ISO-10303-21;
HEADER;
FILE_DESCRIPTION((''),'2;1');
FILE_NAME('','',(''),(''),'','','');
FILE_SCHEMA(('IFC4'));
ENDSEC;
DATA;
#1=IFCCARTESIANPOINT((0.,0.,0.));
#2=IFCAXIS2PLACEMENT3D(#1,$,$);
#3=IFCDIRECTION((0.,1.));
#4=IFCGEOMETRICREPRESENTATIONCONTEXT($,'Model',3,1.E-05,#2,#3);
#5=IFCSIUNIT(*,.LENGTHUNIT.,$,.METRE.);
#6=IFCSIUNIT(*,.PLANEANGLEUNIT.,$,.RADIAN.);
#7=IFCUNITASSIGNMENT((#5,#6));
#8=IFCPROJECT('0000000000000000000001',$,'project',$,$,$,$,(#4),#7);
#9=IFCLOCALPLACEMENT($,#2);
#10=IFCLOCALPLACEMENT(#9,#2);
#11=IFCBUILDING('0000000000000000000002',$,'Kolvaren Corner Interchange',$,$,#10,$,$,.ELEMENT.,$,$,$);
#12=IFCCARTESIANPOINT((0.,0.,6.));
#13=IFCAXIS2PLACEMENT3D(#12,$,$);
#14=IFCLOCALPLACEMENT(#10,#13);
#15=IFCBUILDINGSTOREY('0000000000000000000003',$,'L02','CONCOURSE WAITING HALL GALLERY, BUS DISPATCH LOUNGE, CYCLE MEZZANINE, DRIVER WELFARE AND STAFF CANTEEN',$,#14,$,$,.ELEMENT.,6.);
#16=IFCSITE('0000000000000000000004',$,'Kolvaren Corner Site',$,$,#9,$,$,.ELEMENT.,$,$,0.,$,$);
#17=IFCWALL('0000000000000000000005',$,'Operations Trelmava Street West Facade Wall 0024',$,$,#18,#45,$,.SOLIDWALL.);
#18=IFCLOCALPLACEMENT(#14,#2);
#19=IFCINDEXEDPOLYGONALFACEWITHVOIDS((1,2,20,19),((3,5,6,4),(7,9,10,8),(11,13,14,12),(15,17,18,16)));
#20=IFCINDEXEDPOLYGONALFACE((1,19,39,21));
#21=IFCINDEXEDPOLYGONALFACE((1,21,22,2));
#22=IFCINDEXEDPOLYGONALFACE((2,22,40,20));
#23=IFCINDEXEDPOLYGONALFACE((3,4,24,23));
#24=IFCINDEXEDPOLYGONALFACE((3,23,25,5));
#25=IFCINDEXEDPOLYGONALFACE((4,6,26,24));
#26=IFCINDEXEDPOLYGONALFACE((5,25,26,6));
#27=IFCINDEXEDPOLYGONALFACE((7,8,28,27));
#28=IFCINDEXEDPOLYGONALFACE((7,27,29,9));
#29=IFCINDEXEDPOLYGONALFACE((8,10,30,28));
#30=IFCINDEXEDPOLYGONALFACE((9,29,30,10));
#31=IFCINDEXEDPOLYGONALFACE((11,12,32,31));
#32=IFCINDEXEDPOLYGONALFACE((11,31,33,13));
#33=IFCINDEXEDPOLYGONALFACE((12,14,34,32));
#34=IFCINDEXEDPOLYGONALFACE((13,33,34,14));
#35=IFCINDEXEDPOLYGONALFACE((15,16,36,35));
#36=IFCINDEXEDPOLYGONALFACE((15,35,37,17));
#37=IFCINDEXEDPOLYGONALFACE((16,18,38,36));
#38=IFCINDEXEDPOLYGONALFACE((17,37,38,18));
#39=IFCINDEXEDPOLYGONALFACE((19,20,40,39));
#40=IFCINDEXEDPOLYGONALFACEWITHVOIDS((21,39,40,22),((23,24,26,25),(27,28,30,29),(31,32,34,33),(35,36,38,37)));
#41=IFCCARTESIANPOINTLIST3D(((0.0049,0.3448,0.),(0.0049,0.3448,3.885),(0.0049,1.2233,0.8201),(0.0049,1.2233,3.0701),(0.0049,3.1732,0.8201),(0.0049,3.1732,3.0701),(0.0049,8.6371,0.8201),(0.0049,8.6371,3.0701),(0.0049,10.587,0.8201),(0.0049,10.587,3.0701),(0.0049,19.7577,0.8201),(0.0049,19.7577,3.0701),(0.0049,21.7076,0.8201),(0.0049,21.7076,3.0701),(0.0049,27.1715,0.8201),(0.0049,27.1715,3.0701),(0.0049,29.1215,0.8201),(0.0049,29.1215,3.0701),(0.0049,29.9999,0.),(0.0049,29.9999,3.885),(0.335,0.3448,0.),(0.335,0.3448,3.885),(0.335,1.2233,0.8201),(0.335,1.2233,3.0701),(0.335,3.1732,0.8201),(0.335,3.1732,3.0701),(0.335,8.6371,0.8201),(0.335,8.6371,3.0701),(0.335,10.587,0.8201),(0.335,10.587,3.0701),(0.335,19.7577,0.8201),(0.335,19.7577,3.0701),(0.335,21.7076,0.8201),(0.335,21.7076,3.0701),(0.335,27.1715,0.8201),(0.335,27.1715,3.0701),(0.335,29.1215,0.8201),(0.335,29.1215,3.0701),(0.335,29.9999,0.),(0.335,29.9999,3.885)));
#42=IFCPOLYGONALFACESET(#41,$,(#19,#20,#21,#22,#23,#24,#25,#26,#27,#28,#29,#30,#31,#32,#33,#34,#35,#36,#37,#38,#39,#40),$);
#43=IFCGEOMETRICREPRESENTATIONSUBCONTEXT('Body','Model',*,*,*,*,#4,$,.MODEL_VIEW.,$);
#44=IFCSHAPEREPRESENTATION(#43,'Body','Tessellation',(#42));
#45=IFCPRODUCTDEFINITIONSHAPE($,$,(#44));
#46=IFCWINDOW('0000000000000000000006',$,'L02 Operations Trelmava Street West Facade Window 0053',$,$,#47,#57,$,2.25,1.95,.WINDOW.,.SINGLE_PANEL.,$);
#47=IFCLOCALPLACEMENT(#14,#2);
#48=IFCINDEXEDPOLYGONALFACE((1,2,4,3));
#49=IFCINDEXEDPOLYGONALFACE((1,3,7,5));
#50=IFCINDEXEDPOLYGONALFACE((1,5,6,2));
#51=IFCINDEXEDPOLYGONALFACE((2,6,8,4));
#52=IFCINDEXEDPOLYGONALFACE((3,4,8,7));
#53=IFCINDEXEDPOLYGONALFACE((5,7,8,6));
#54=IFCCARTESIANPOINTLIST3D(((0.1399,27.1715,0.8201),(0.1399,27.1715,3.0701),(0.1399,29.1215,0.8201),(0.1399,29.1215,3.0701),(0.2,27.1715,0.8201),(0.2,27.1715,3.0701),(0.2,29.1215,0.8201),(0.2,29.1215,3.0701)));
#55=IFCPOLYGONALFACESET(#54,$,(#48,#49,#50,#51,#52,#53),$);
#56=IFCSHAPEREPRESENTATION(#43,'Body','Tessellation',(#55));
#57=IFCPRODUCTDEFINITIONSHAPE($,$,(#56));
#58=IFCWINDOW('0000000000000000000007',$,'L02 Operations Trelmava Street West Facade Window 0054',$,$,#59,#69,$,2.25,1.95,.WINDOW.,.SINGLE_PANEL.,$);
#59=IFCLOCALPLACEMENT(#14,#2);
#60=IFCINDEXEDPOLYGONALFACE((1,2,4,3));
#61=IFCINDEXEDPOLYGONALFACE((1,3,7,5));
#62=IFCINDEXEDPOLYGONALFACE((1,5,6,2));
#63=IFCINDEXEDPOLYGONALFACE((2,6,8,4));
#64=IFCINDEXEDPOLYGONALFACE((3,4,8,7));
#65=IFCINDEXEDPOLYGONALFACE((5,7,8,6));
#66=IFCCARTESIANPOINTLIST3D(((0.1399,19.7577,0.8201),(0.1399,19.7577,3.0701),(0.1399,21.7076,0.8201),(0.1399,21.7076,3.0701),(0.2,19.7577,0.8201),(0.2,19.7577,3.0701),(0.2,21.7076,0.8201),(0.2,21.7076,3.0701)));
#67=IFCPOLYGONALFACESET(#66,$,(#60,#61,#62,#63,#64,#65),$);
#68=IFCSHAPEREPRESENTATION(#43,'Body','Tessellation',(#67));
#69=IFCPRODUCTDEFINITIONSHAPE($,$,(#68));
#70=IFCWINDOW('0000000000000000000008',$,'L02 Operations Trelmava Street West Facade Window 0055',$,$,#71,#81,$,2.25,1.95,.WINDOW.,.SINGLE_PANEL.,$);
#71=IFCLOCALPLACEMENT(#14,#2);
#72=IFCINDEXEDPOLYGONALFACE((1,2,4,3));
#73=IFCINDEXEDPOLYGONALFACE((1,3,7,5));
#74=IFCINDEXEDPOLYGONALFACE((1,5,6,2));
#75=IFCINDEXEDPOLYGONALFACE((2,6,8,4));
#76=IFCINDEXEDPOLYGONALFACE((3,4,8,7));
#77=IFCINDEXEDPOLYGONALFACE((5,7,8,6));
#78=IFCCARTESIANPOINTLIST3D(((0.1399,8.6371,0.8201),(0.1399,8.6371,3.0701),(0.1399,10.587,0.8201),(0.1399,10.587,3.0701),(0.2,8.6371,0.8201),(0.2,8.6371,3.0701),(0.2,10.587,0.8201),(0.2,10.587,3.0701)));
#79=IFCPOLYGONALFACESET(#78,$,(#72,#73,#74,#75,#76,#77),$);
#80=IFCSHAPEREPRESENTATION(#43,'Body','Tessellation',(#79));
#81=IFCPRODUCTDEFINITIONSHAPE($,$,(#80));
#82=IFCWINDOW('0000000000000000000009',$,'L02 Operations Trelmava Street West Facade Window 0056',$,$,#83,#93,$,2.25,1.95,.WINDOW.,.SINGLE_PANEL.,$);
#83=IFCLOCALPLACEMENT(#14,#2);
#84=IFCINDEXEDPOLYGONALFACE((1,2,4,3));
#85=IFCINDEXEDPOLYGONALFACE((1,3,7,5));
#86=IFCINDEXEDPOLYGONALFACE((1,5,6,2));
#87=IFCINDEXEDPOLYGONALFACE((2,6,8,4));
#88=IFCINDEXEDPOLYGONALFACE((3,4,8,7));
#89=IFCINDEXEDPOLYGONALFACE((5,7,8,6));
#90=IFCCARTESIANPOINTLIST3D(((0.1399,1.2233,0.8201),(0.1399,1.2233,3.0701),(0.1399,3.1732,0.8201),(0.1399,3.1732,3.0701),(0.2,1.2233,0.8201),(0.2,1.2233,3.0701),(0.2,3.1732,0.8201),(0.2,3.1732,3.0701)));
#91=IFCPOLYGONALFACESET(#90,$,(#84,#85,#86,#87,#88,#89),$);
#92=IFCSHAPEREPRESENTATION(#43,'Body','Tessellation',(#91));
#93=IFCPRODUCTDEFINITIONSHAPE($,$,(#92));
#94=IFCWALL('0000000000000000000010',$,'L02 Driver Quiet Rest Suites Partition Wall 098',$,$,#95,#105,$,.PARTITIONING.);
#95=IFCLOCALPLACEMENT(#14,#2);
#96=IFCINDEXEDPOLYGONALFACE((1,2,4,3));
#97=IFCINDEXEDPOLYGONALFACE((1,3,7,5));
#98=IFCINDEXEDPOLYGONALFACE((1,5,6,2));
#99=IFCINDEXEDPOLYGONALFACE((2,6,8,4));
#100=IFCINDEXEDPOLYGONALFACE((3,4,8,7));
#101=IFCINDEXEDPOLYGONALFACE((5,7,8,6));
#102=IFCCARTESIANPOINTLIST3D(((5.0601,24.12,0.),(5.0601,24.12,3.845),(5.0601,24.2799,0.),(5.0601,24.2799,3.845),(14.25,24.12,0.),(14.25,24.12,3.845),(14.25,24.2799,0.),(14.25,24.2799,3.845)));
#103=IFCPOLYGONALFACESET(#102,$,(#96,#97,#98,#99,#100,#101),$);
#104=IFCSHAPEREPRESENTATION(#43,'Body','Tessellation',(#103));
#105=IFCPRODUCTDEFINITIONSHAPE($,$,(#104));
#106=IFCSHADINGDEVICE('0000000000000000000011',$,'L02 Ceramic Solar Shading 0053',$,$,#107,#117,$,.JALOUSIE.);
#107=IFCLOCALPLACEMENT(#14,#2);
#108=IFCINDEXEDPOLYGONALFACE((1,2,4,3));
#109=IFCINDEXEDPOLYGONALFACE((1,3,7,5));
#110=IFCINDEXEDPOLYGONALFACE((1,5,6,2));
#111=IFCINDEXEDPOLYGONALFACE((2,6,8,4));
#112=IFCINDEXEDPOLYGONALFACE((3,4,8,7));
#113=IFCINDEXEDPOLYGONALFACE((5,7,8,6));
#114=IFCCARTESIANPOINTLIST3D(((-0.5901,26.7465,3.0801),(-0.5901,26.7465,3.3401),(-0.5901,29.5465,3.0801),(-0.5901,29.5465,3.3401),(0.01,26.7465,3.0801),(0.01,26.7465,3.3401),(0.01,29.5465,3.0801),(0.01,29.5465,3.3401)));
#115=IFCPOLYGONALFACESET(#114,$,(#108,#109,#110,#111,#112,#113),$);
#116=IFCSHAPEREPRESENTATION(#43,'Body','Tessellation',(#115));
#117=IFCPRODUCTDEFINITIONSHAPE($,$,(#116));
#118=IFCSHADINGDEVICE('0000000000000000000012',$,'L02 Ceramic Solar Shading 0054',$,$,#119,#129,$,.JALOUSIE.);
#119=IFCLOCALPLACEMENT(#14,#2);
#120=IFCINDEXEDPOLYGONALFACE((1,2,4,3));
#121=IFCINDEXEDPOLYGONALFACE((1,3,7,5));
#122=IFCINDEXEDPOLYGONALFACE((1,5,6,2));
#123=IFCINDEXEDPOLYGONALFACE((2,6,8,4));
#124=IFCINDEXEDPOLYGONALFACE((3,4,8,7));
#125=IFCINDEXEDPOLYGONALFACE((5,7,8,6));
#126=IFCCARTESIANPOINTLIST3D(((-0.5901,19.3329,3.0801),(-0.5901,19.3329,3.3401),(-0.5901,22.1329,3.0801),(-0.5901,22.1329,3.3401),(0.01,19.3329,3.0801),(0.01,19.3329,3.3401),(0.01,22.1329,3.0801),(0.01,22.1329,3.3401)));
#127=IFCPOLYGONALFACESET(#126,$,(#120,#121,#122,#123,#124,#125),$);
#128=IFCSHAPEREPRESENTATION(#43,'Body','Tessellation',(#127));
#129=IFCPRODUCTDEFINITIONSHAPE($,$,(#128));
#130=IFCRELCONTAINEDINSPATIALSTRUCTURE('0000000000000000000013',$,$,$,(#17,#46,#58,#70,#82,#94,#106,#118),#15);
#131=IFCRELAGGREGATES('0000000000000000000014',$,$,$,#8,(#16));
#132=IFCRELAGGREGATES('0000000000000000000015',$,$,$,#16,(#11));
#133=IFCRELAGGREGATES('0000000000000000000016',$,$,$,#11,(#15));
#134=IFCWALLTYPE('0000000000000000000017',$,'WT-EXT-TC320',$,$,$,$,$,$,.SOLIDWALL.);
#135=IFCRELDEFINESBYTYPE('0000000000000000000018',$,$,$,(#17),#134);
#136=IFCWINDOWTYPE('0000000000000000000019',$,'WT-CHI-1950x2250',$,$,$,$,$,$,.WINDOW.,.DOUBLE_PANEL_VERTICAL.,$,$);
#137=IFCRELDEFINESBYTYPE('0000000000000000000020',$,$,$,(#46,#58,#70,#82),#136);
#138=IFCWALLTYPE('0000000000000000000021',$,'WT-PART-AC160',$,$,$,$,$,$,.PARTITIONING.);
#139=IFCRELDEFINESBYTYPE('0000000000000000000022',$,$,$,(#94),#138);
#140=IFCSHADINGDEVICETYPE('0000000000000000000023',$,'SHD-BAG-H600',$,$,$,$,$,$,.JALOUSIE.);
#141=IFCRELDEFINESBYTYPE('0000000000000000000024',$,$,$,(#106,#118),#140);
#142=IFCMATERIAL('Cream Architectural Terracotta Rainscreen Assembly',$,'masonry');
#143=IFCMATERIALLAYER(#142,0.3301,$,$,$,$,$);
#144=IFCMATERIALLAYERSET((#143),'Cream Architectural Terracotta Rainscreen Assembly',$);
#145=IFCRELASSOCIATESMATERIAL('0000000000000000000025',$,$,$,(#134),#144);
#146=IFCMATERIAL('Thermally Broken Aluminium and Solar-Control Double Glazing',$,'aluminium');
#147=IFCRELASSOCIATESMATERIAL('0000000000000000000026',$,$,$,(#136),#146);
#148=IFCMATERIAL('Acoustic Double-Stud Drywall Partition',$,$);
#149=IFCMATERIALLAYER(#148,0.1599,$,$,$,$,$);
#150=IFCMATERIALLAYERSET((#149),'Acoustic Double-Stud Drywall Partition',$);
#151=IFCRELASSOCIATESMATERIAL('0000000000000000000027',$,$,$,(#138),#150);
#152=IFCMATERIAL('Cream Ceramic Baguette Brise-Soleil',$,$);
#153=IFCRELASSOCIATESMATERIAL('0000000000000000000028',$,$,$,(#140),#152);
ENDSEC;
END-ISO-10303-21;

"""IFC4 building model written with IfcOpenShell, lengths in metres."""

from ifc_helpers import new_model, si_unit, direction, frame, frame_2d, origin, origin_2d, place, context, subcontext, project, spatial, rectangle, extrude, material, layer, layer_set, type_object, element, fill, save


model = new_model("IFC4")

# Units and contexts
model_context = context("Model", 3, precision=1e-05, world=origin(), true_north=direction((0.0, 1.0)))
body_context = subcontext(model_context, "Body", "Model", "MODEL_VIEW")
ifc_project = project(units=[si_unit("LENGTHUNIT", "METRE"), si_unit("PLANEANGLEUNIT", "RADIAN")], contexts=[model_context])

# Site, building, storey
site_placement = place(None, origin())
site = spatial("IfcSite", under=ifc_project, at=site_placement, Name="Kolvaren Corner Site", CompositionType="ELEMENT", RefElevation=0.0)
building_placement = place(site_placement, origin())
building = spatial("IfcBuilding", under=site, at=building_placement, Name="Kolvaren Corner Interchange", CompositionType="ELEMENT")
storey_placement = place(building_placement, frame((0.0, 0.0, 6.0)))
storey = spatial("IfcBuildingStorey", under=building, at=storey_placement, Name="L02", Description="CONCOURSE WAITING HALL GALLERY, BUS DISPATCH LOUNGE, CYCLE MEZZANINE, DRIVER WELFARE AND STAFF CANTEEN", CompositionType="ELEMENT", Elevation=6.0)

# Wall, openings, windows
ifc_material_1 = material(Name="Cream Architectural Terracotta Rainscreen Assembly", Category="masonry")
ifc_layer_1 = layer(ifc_material_1, 0.3301)
ifc_layer_set_1 = layer_set([ifc_layer_1], Name="Cream Architectural Terracotta Rainscreen Assembly")
wall_type_1 = type_object("IfcWallType", Name="WT-EXT-TC320", PredefinedType="SOLIDWALL", material=ifc_layer_set_1)
wall_1_placement = place(storey_placement, frame((0.1699, 30.0, 0.0), z_axis=(0.0, 0.0, 1.0), x_axis=(0.0, -1.0, 0.0)))
wall_1 = element("IfcWall", 1, at=wall_1_placement, inside=storey, type_object=wall_type_1, Name="Operations Trelmava Street West Facade Wall 0024", PredefinedType="SOLIDWALL", context=body_context, shape_type="SweptSolid", body=[
    extrude(rectangle(XDim=29.655, YDim=0.3301, at=frame_2d((14.8276, 0.0))), origin(), (0.0, 0.0, 1.0), 3.885),
])
opening_1_placement = place(wall_1_placement, frame((0.8784, 0.0, 0.8201)))
opening_1 = element("IfcOpeningElement", 2, at=opening_1_placement, cuts=wall_1, PredefinedType="OPENING", context=body_context, shape_type="SweptSolid", body=[
    extrude(rectangle(XDim=1.95, YDim=2.25, at=frame_2d((0.9751, 1.125))), frame((0.0, 0.175, 0.0), z_axis=(0.0, -1.0, 0.0), x_axis=(1.0, 0.0, 0.0)), (0.0, 0.0, 1.0), 0.3501),
])
opening_2_placement = place(wall_1_placement, frame((8.2922, 0.0, 0.8201)))
opening_2 = element("IfcOpeningElement", 3, at=opening_2_placement, cuts=wall_1, PredefinedType="OPENING", context=body_context, shape_type="SweptSolid", body=[
    extrude(rectangle(XDim=1.95, YDim=2.25, at=frame_2d((0.9751, 1.125))), frame((0.0, 0.175, 0.0), z_axis=(0.0, -1.0, 0.0), x_axis=(1.0, 0.0, 0.0)), (0.0, 0.0, 1.0), 0.3501),
])
opening_3_placement = place(wall_1_placement, frame((19.4128, 0.0, 0.8201)))
opening_3 = element("IfcOpeningElement", 4, at=opening_3_placement, cuts=wall_1, PredefinedType="OPENING", context=body_context, shape_type="SweptSolid", body=[
    extrude(rectangle(XDim=1.95, YDim=2.25, at=frame_2d((0.9751, 1.125))), frame((0.0, 0.175, 0.0), z_axis=(0.0, -1.0, 0.0), x_axis=(1.0, 0.0, 0.0)), (0.0, 0.0, 1.0), 0.3501),
])
opening_4_placement = place(wall_1_placement, frame((26.8267, 0.0, 0.8201)))
opening_4 = element("IfcOpeningElement", 5, at=opening_4_placement, cuts=wall_1, PredefinedType="OPENING", context=body_context, shape_type="SweptSolid", body=[
    extrude(rectangle(XDim=1.95, YDim=2.25, at=frame_2d((0.9751, 1.125))), frame((0.0, 0.175, 0.0), z_axis=(0.0, -1.0, 0.0), x_axis=(1.0, 0.0, 0.0)), (0.0, 0.0, 1.0), 0.3501),
])
ifc_material_2 = material(Name="Thermally Broken Aluminium and Solar-Control Double Glazing", Category="aluminium")
window_type = type_object("IfcWindowType", Name="WT-CHI-1950x2250", PartitioningType="DOUBLE_PANEL_VERTICAL", PredefinedType="WINDOW", material=ifc_material_2)
window_1_placement = place(opening_1_placement, origin())
window_1 = element("IfcWindow", 6, at=window_1_placement, inside=storey, type_object=window_type, Name="L02 Operations Trelmava Street West Facade Window 0053", OverallHeight=2.25, OverallWidth=1.95, PartitioningType="SINGLE_PANEL", PredefinedType="WINDOW", context=body_context, shape_type="SweptSolid", body=[
    extrude(rectangle(XDim=1.95, YDim=2.25, at=frame_2d((0.9751, 1.125))), frame((0.0, 0.03, 0.0), z_axis=(0.0, -1.0, 0.0), x_axis=(1.0, 0.0, 0.0)), (0.0, 0.0, 1.0), 0.0601),
])
fill(opening_1, window_1)
window_2_placement = place(opening_2_placement, origin())
window_2 = element("IfcWindow", 7, at=window_2_placement, inside=storey, type_object=window_type, Name="L02 Operations Trelmava Street West Facade Window 0054", OverallHeight=2.25, OverallWidth=1.95, PartitioningType="SINGLE_PANEL", PredefinedType="WINDOW", context=body_context, shape_type="SweptSolid", body=[
    extrude(rectangle(XDim=1.95, YDim=2.25, at=frame_2d((0.9751, 1.125))), frame((0.0, 0.03, 0.0), z_axis=(0.0, -1.0, 0.0), x_axis=(1.0, 0.0, 0.0)), (0.0, 0.0, 1.0), 0.0601),
])
fill(opening_2, window_2)
window_3_placement = place(opening_3_placement, origin())
window_3 = element("IfcWindow", 8, at=window_3_placement, inside=storey, type_object=window_type, Name="L02 Operations Trelmava Street West Facade Window 0055", OverallHeight=2.25, OverallWidth=1.95, PartitioningType="SINGLE_PANEL", PredefinedType="WINDOW", context=body_context, shape_type="SweptSolid", body=[
    extrude(rectangle(XDim=1.95, YDim=2.25, at=frame_2d((0.9751, 1.125))), frame((0.0, 0.03, 0.0), z_axis=(0.0, -1.0, 0.0), x_axis=(1.0, 0.0, 0.0)), (0.0, 0.0, 1.0), 0.0601),
])
fill(opening_3, window_3)
window_4_placement = place(opening_4_placement, origin())
window_4 = element("IfcWindow", 9, at=window_4_placement, inside=storey, type_object=window_type, Name="L02 Operations Trelmava Street West Facade Window 0056", OverallHeight=2.25, OverallWidth=1.95, PartitioningType="SINGLE_PANEL", PredefinedType="WINDOW", context=body_context, shape_type="SweptSolid", body=[
    extrude(rectangle(XDim=1.95, YDim=2.25, at=frame_2d((0.9751, 1.125))), frame((0.0, 0.03, 0.0), z_axis=(0.0, -1.0, 0.0), x_axis=(1.0, 0.0, 0.0)), (0.0, 0.0, 1.0), 0.0601),
])
fill(opening_4, window_4)

# Wall
ifc_material_3 = material(Name="Acoustic Double-Stud Drywall Partition")
ifc_layer_2 = layer(ifc_material_3, 0.1599)
ifc_layer_set_2 = layer_set([ifc_layer_2], Name="Acoustic Double-Stud Drywall Partition")
wall_type_2 = type_object("IfcWallType", Name="WT-PART-AC160", PredefinedType="PARTITIONING", material=ifc_layer_set_2)
wall_2_placement = place(storey_placement, frame((5.0601, 24.2, 0.0), z_axis=(0.0, 0.0, 1.0), x_axis=(1.0, 0.0, 0.0)))
element("IfcWall", 10, at=wall_2_placement, inside=storey, type_object=wall_type_2, Name="L02 Driver Quiet Rest Suites Partition Wall 098", PredefinedType="PARTITIONING", context=body_context, shape_type="SweptSolid", body=[
    extrude(rectangle(XDim=9.1899, YDim=0.1599, at=frame_2d((4.595, 0.0))), origin(), (0.0, 0.0, 1.0), 3.845),
])

# Shading devices
ifc_material_4 = material(Name="Cream Ceramic Baguette Brise-Soleil")
shading_device_type = type_object("IfcShadingDeviceType", Name="SHD-BAG-H600", PredefinedType="JALOUSIE", material=ifc_material_4)
for number, where, z_axis, x_axis, name in (
    (11, (-0.29, 28.1465, 3.0801), (0.0, 0.0, 1.0), (0.0, -1.0, 0.0), "L02 Ceramic Solar Shading 0053"),
    (12, (-0.29, 20.7329, 3.0801), (0.0, 0.0, 1.0), (0.0, -1.0, 0.0), "L02 Ceramic Solar Shading 0054"),
):
    element("IfcShadingDevice", number, at=place(storey_placement, frame(where, z_axis=z_axis, x_axis=x_axis)), inside=storey, type_object=shading_device_type, Name=name, PredefinedType="JALOUSIE", context=body_context, shape_type="SweptSolid", body=[
        extrude(rectangle(XDim=2.8, YDim=0.6001, at=origin_2d()), origin(), (0.0, 0.0, 1.0), 0.26),
    ])

save(model, "model.ifc")
